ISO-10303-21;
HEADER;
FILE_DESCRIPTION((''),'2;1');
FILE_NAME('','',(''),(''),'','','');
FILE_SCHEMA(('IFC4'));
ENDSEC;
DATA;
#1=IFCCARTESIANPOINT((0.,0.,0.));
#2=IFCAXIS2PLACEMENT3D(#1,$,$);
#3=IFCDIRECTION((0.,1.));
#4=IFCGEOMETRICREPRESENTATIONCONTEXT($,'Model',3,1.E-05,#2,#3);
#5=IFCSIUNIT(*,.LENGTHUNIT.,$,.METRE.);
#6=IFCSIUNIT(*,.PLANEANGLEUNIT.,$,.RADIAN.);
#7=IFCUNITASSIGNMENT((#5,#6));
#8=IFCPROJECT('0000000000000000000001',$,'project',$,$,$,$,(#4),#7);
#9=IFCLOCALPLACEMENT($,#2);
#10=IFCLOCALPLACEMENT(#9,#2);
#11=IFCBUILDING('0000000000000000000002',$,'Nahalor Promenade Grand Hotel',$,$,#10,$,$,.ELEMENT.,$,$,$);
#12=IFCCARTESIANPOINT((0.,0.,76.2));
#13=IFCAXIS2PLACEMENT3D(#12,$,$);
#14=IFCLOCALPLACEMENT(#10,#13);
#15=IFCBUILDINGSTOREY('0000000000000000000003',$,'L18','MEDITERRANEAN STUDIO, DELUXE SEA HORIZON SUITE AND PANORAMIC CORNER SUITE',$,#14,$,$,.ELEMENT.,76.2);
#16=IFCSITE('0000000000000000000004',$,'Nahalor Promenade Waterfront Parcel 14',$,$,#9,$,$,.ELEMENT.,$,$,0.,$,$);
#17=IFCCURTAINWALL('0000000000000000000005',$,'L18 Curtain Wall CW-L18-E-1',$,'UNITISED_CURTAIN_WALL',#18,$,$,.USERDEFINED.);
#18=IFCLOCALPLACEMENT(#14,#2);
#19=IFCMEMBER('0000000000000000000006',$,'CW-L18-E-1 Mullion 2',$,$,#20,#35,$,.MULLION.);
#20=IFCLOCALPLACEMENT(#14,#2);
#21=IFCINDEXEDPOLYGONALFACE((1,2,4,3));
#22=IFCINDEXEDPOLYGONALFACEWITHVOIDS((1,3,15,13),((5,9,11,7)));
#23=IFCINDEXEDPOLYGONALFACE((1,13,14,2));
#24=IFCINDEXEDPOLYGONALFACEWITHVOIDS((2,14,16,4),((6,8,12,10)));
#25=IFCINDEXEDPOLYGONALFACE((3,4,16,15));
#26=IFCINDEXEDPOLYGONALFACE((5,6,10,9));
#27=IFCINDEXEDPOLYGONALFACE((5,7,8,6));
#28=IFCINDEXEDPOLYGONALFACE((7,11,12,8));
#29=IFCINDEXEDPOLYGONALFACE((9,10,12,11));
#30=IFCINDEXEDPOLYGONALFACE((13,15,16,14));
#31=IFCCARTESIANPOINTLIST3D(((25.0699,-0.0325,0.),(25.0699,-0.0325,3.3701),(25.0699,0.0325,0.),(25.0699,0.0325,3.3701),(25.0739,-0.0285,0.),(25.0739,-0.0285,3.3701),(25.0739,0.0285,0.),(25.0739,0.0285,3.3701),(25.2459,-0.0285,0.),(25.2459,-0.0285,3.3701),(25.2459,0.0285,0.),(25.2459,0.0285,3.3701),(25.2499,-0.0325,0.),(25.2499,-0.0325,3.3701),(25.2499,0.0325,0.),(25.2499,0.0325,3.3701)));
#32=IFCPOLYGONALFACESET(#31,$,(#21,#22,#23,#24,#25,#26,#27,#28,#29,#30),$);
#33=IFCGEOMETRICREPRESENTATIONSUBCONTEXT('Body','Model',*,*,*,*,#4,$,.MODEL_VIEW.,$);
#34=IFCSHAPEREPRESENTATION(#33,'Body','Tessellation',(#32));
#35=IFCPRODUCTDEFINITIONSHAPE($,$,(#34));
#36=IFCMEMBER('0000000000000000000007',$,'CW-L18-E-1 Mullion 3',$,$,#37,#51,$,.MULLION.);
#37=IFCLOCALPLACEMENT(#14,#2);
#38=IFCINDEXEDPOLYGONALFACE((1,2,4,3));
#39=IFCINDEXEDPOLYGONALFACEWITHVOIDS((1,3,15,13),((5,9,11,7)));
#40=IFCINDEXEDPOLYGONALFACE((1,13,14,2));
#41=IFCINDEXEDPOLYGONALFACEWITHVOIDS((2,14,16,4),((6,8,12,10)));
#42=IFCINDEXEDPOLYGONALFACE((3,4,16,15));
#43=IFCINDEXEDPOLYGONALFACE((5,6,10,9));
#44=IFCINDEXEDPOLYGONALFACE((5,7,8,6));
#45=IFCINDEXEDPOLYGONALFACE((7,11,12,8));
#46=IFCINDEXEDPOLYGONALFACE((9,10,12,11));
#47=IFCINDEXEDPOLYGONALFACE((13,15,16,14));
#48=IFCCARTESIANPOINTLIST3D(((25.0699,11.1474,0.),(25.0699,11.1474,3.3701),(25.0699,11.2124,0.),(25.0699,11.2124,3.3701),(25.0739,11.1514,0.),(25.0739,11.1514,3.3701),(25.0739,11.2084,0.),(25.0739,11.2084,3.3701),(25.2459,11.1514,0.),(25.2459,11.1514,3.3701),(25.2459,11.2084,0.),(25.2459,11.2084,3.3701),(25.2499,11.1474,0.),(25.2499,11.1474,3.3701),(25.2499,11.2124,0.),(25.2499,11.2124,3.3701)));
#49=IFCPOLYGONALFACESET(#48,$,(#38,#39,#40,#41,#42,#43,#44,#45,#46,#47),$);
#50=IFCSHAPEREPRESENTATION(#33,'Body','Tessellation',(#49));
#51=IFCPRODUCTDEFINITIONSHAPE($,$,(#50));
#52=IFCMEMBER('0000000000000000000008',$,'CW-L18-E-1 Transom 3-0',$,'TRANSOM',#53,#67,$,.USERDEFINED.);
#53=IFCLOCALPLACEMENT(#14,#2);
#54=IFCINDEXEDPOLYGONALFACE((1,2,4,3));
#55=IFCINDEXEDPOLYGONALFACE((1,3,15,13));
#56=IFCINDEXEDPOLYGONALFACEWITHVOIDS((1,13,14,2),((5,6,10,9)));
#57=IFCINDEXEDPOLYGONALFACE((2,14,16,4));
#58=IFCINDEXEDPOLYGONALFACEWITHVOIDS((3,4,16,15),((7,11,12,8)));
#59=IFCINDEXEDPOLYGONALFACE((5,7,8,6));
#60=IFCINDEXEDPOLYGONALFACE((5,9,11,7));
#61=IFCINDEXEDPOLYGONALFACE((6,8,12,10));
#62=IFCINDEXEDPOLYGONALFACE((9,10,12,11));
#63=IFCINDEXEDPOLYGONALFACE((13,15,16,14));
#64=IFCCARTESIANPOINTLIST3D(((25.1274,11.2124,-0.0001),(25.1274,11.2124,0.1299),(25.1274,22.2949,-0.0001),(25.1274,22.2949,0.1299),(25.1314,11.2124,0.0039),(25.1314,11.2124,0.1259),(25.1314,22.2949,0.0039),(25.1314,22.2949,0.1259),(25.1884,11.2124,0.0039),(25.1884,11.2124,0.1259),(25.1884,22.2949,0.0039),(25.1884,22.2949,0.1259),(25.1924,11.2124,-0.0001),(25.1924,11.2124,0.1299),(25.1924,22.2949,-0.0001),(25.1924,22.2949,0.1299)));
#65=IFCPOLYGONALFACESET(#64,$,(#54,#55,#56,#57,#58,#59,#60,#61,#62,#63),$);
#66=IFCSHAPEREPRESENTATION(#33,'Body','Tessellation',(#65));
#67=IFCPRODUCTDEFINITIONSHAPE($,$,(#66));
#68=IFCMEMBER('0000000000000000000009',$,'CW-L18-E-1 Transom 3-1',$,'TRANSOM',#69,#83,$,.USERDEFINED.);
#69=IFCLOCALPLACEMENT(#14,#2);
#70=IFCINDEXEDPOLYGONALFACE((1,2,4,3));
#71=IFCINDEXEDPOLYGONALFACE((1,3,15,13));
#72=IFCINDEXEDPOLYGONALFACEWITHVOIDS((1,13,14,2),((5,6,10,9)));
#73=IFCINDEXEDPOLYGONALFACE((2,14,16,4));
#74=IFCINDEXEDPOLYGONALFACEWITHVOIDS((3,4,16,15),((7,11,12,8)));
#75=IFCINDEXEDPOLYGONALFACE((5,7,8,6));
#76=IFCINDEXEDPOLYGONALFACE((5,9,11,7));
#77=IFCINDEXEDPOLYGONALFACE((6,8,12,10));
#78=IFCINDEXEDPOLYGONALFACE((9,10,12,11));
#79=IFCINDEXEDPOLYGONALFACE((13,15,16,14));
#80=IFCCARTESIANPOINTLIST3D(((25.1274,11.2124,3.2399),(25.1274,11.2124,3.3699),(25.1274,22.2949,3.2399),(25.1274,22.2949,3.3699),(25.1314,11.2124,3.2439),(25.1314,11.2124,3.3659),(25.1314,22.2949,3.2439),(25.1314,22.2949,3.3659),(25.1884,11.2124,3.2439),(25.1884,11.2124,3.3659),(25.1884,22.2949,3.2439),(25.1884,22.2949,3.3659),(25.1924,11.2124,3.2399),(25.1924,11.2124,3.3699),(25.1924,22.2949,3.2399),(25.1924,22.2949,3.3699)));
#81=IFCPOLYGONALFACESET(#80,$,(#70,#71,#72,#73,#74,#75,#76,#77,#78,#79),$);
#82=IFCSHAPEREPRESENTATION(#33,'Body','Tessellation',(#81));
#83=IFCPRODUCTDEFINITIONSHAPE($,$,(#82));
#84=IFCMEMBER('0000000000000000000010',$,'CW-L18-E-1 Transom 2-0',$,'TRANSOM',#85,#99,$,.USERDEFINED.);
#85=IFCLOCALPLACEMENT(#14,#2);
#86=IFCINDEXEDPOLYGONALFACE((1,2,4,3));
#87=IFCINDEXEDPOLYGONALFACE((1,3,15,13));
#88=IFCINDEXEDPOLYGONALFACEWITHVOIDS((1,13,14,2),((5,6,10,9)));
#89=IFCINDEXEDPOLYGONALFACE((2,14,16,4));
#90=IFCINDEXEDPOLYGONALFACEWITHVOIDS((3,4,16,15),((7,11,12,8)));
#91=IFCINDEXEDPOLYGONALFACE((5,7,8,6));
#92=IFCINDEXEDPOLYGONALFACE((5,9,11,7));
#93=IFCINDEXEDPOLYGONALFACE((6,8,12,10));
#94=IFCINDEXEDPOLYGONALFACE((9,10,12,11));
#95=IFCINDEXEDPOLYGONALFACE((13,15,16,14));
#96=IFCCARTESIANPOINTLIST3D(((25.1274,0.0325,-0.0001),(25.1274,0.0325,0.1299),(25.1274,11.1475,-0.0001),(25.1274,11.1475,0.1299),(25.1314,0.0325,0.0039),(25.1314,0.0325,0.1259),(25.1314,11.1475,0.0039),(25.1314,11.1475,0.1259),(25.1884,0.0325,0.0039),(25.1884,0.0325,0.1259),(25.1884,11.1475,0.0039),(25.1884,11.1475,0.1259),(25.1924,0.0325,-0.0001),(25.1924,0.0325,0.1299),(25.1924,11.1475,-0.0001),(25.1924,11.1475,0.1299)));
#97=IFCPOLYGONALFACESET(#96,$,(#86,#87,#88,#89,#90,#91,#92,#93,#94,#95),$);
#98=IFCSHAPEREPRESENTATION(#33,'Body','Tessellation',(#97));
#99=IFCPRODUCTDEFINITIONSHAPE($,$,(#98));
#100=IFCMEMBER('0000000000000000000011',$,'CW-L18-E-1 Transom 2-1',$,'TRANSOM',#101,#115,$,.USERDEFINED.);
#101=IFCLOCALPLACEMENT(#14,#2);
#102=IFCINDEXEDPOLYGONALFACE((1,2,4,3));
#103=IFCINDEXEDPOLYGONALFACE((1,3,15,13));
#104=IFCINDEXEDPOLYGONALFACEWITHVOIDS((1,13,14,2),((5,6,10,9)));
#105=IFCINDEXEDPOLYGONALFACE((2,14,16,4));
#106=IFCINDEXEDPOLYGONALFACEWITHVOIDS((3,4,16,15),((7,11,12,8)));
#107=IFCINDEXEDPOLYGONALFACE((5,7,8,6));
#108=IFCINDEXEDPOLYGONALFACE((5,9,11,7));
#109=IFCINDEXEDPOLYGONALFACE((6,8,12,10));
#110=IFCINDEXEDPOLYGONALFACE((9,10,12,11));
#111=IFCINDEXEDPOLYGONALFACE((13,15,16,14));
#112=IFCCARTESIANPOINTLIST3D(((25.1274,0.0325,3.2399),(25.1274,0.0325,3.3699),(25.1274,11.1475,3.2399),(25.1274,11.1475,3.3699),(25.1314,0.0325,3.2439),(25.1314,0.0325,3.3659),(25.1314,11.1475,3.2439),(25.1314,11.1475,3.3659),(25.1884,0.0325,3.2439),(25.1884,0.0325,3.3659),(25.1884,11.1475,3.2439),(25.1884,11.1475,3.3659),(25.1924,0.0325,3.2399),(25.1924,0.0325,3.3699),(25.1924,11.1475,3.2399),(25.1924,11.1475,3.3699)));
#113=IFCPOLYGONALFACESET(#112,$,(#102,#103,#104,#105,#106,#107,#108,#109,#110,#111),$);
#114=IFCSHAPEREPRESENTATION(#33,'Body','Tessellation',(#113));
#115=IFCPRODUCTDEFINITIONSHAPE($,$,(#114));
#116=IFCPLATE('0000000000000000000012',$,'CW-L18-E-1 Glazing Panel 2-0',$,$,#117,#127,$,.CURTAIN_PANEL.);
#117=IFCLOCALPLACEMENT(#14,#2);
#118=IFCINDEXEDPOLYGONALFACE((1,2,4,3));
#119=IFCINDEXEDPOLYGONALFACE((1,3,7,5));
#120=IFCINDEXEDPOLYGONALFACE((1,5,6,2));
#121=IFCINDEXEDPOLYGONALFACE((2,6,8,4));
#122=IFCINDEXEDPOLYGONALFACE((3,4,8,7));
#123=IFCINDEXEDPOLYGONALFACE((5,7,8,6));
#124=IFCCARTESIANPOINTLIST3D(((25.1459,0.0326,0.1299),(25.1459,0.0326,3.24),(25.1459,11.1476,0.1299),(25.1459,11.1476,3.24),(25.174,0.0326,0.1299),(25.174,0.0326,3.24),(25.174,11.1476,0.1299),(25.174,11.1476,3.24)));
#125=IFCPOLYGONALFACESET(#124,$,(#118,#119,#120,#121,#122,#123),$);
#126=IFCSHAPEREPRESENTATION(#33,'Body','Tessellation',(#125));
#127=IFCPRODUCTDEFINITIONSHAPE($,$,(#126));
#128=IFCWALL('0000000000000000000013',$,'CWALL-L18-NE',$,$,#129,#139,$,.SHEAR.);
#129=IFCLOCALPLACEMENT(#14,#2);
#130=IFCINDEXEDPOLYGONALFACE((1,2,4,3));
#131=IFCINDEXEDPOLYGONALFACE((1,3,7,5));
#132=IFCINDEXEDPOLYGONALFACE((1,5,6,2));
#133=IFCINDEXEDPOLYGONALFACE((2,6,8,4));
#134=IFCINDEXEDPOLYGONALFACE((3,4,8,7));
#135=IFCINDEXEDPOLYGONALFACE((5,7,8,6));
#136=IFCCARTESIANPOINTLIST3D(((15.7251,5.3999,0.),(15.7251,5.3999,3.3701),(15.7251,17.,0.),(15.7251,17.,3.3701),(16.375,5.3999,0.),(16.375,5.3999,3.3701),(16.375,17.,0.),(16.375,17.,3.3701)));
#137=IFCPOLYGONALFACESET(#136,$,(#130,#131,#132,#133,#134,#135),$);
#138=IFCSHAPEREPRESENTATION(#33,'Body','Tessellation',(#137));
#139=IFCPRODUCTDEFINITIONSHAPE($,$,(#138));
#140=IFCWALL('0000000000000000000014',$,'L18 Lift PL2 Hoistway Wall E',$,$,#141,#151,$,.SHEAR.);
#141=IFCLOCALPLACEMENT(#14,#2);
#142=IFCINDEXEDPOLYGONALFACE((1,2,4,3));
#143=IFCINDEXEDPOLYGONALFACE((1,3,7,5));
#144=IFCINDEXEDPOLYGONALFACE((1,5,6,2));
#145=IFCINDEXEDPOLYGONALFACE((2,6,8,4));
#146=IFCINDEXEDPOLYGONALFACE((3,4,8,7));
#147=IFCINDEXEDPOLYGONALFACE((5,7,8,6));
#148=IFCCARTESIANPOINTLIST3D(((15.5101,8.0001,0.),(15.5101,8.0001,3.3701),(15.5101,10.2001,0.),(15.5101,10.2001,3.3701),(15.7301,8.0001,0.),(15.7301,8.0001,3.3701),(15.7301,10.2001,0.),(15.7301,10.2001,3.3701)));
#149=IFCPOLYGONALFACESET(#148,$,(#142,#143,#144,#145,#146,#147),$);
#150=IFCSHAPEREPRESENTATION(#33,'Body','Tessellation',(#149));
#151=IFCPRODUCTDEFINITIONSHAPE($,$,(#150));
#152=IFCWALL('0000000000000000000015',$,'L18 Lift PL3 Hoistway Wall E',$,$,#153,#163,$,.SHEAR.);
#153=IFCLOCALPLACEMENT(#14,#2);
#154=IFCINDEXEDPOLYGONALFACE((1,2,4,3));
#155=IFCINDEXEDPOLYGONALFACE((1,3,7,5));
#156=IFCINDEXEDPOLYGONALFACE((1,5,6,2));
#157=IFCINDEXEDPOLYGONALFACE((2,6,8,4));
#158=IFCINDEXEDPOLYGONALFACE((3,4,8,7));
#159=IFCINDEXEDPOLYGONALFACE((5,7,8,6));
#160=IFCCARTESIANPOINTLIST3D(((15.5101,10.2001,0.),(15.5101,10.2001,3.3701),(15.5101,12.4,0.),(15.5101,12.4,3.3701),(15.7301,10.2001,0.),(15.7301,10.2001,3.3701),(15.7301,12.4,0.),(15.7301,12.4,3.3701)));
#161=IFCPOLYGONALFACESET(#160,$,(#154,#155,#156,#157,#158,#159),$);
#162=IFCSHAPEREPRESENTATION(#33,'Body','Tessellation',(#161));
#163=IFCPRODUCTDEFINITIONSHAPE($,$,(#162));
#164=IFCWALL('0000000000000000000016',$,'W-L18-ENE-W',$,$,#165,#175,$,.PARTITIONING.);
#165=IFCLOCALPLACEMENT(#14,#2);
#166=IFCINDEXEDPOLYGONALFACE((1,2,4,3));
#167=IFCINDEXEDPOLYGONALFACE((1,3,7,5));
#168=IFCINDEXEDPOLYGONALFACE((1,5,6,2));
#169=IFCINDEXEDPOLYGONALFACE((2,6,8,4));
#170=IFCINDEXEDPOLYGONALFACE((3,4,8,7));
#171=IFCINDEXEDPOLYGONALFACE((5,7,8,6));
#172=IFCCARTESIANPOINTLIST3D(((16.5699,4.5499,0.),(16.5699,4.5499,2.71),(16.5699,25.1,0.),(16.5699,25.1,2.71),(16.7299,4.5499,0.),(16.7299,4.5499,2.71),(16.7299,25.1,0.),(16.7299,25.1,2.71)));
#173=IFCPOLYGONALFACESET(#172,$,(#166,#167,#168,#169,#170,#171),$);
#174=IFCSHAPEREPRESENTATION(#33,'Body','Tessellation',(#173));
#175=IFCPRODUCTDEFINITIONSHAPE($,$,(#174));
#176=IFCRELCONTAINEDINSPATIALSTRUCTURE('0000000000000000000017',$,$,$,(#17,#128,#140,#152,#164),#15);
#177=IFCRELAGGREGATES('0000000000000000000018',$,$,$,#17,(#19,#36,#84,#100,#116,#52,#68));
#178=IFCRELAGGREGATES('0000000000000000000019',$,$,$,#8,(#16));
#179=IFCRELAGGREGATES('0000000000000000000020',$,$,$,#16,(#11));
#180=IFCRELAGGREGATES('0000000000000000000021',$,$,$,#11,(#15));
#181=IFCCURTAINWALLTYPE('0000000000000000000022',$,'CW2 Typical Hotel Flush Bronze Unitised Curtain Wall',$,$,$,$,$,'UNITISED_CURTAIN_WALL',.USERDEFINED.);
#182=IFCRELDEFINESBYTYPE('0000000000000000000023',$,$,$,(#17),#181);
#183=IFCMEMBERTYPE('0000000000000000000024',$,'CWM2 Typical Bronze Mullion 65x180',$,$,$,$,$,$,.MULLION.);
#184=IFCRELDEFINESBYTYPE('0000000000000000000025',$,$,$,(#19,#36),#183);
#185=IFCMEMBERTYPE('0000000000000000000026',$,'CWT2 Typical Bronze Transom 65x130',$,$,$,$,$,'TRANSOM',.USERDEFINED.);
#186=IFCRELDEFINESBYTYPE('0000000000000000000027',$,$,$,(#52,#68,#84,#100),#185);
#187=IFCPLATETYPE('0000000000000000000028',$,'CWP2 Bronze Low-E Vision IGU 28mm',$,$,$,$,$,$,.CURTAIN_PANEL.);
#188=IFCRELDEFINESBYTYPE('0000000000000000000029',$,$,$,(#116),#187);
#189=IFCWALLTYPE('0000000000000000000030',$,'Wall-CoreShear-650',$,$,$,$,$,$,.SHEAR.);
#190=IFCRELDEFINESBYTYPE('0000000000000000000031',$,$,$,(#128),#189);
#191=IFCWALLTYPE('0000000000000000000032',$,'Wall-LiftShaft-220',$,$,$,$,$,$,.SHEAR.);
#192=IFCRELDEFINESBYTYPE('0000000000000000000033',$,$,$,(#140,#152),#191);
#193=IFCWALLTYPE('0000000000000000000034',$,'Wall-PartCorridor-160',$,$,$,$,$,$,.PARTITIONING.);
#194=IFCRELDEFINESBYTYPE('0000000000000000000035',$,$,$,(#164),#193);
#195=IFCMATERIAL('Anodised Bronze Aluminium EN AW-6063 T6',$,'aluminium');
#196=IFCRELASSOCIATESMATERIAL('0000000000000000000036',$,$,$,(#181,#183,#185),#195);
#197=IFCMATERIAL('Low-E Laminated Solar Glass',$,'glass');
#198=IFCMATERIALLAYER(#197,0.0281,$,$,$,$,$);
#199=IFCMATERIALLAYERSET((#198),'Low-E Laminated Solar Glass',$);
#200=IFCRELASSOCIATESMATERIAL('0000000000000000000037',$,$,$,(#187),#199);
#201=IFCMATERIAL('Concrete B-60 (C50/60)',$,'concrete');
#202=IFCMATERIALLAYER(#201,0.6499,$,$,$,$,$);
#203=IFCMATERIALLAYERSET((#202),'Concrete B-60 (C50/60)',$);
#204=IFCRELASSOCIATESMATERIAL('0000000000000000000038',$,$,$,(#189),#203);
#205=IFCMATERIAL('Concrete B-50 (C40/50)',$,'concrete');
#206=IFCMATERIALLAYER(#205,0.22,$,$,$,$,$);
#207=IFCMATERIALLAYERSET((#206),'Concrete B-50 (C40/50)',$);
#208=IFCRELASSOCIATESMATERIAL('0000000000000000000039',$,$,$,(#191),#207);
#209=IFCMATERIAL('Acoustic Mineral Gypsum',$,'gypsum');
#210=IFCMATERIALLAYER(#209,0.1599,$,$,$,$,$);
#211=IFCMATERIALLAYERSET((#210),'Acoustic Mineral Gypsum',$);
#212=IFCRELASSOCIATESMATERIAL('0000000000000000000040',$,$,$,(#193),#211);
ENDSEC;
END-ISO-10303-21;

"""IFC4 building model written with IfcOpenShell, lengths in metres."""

from ifc_helpers import new_model, si_unit, direction, frame, frame_2d, origin, origin_2d, place, context, subcontext, project, spatial, rectangle, hollow_rectangle, extrude, source, transform, mapped, material, layer, layer_set, material_profile, profile_set, type_object, element, aggregate, save


model = new_model("IFC4")

# Units and contexts
model_context = context("Model", 3, precision=1e-05, world=origin(), true_north=direction((0.0, 1.0)))
body_context = subcontext(model_context, "Body", "Model", "MODEL_VIEW")
ifc_project = project(units=[si_unit("LENGTHUNIT", "METRE"), si_unit("PLANEANGLEUNIT", "RADIAN")], contexts=[model_context])

# Site, building, storey
site_placement = place(None, origin())
site = spatial("IfcSite", under=ifc_project, at=site_placement, Name="Nahalor Promenade Waterfront Parcel 14", CompositionType="ELEMENT", RefElevation=0.0)
building_placement = place(site_placement, origin())
building = spatial("IfcBuilding", under=site, at=building_placement, Name="Nahalor Promenade Grand Hotel", CompositionType="ELEMENT")
storey_placement = place(building_placement, frame((0.0, 0.0, 76.2)))
storey = spatial("IfcBuildingStorey", under=building, at=storey_placement, Name="L18", Description="MEDITERRANEAN STUDIO, DELUXE SEA HORIZON SUITE AND PANORAMIC CORNER SUITE", CompositionType="ELEMENT", Elevation=76.2)

# Curtain wall, members, plate
ifc_material_1 = material(Name="Anodised Bronze Aluminium EN AW-6063 T6", Category="aluminium")
curtain_wall_type = type_object("IfcCurtainWallType", Name="CW2 Typical Hotel Flush Bronze Unitised Curtain Wall", ElementType="UNITISED_CURTAIN_WALL", PredefinedType="USERDEFINED", material=ifc_material_1)
curtain_wall_placement = place(storey_placement, origin())
curtain_wall = element("IfcCurtainWall", 1, at=curtain_wall_placement, inside=storey, type_object=curtain_wall_type, Name="L18 Curtain Wall CW-L18-E-1", ObjectType="UNITISED_CURTAIN_WALL", PredefinedType="USERDEFINED")
ifc_material_profile_1 = material_profile(ifc_material_1, hollow_rectangle(XDim=0.065, YDim=0.18, WallThickness=0.004, at=origin_2d()), Name="CWM 65x180x4")
ifc_profile_set_1 = profile_set([ifc_material_profile_1], Name="Anodised Bronze Aluminium EN AW-6063 T6")
member_type_1 = type_object("IfcMemberType", Name="CWM2 Typical Bronze Mullion 65x180", PredefinedType="MULLION", material=ifc_profile_set_1)
shared_shape_1 = source(origin(), body_context, "Body", "SweptSolid", [
    extrude(hollow_rectangle(XDim=0.065, YDim=0.18, WallThickness=0.004, at=origin_2d()), origin(), (0.0, 0.0, 1.0), 3.3701),
])
member_1_placement = place(storey_placement, frame((25.1599, 0.0, 0.0), z_axis=(0.0, 0.0, 1.0), x_axis=(0.0, 1.0, 0.0)))
member_1 = element("IfcMember", 2, at=member_1_placement, type_object=member_type_1, Name="CW-L18-E-1 Mullion 2", PredefinedType="MULLION", context=body_context, shape_type="MappedRepresentation", body=[
    mapped(shared_shape_1, transform((0.0, 0.0, 0.0), scale=1.0)),
])
member_2_placement = place(storey_placement, frame((25.1599, 11.1799, 0.0), z_axis=(0.0, 0.0, 1.0), x_axis=(0.0, 1.0, 0.0)))
member_2 = element("IfcMember", 3, at=member_2_placement, type_object=member_type_1, Name="CW-L18-E-1 Mullion 3", PredefinedType="MULLION", context=body_context, shape_type="MappedRepresentation", body=[
    mapped(shared_shape_1, transform((0.0, 0.0, 0.0), scale=1.0)),
])
ifc_material_profile_2 = material_profile(ifc_material_1, hollow_rectangle(XDim=0.065, YDim=0.13, WallThickness=0.004, at=origin_2d()), Name="CWT 65x130x4")
ifc_profile_set_2 = profile_set([ifc_material_profile_2], Name="Anodised Bronze Aluminium EN AW-6063 T6")
member_type_2 = type_object("IfcMemberType", Name="CWT2 Typical Bronze Transom 65x130", ElementType="TRANSOM", PredefinedType="USERDEFINED", material=ifc_profile_set_2)
shared_shape_2 = source(origin(), body_context, "Body", "SweptSolid", [
    extrude(hollow_rectangle(XDim=0.065, YDim=0.13, WallThickness=0.004, at=origin_2d()), origin(), (0.0, 0.0, 1.0), 11.0825),
])
member_3_placement = place(storey_placement, frame((25.1599, 11.2124, 0.0649), z_axis=(0.0, 1.0, 0.0), x_axis=(-1.0, 0.0, 0.0)))
member_3 = element("IfcMember", 4, at=member_3_placement, type_object=member_type_2, Name="CW-L18-E-1 Transom 3-0", ObjectType="TRANSOM", PredefinedType="USERDEFINED", context=body_context, shape_type="MappedRepresentation", body=[
    mapped(shared_shape_2, transform((0.0, 0.0, 0.0), scale=1.0)),
])
member_4_placement = place(storey_placement, frame((25.1599, 11.2124, 3.3049), z_axis=(0.0, 1.0, 0.0), x_axis=(-1.0, 0.0, 0.0)))
member_4 = element("IfcMember", 5, at=member_4_placement, type_object=member_type_2, Name="CW-L18-E-1 Transom 3-1", ObjectType="TRANSOM", PredefinedType="USERDEFINED", context=body_context, shape_type="MappedRepresentation", body=[
    mapped(shared_shape_2, transform((0.0, 0.0, 0.0), scale=1.0)),
])
shared_shape_3 = source(origin(), body_context, "Body", "SweptSolid", [
    extrude(hollow_rectangle(XDim=0.065, YDim=0.13, WallThickness=0.004, at=origin_2d()), origin(), (0.0, 0.0, 1.0), 11.115),
])
member_5_placement = place(storey_placement, frame((25.1599, 0.0325, 0.0649), z_axis=(0.0, 1.0, 0.0), x_axis=(-1.0, 0.0, 0.0)))
member_5 = element("IfcMember", 6, at=member_5_placement, type_object=member_type_2, Name="CW-L18-E-1 Transom 2-0", ObjectType="TRANSOM", PredefinedType="USERDEFINED", context=body_context, shape_type="MappedRepresentation", body=[
    mapped(shared_shape_3, transform((0.0, 0.0, 0.0), scale=1.0)),
])
member_6_placement = place(storey_placement, frame((25.1599, 0.0325, 3.3049), z_axis=(0.0, 1.0, 0.0), x_axis=(-1.0, 0.0, 0.0)))
member_6 = element("IfcMember", 7, at=member_6_placement, type_object=member_type_2, Name="CW-L18-E-1 Transom 2-1", ObjectType="TRANSOM", PredefinedType="USERDEFINED", context=body_context, shape_type="MappedRepresentation", body=[
    mapped(shared_shape_3, transform((0.0, 0.0, 0.0), scale=1.0)),
])
ifc_material_2 = material(Name="Low-E Laminated Solar Glass", Category="glass")
ifc_layer_1 = layer(ifc_material_2, 0.0281)
ifc_layer_set_1 = layer_set([ifc_layer_1], Name="Low-E Laminated Solar Glass")
plate_type = type_object("IfcPlateType", Name="CWP2 Bronze Low-E Vision IGU 28mm", PredefinedType="CURTAIN_PANEL", material=ifc_layer_set_1)
shared_shape_4 = source(origin(), body_context, "Body", "SweptSolid", [
    extrude(rectangle(XDim=11.115, YDim=0.0281, at=origin_2d()), origin(), (0.0, 0.0, 1.0), 3.1101),
])
plate_placement = place(storey_placement, frame((25.1599, 5.5901, 0.1299), z_axis=(0.0, 0.0, 1.0), x_axis=(0.0, 1.0, 0.0)))
plate = element("IfcPlate", 8, at=plate_placement, type_object=plate_type, Name="CW-L18-E-1 Glazing Panel 2-0", PredefinedType="CURTAIN_PANEL", context=body_context, shape_type="MappedRepresentation", body=[
    mapped(shared_shape_4, transform((0.0, 0.0, 0.0), scale=1.0)),
])
aggregate(curtain_wall, [member_1, member_2, member_5, member_6, plate, member_3, member_4])

# Walls
ifc_material_3 = material(Name="Concrete B-60 (C50/60)", Category="concrete")
ifc_layer_2 = layer(ifc_material_3, 0.6499)
ifc_layer_set_2 = layer_set([ifc_layer_2], Name="Concrete B-60 (C50/60)")
wall_type_1 = type_object("IfcWallType", Name="Wall-CoreShear-650", PredefinedType="SHEAR", material=ifc_layer_set_2)
shared_shape_5 = source(origin(), body_context, "Body", "SweptSolid", [
    extrude(rectangle(XDim=11.6001, YDim=0.6499, at=frame_2d((5.8, 0.0))), origin(), (0.0, 0.0, 1.0), 3.3701),
])
wall_1_placement = place(storey_placement, frame((16.05, 5.3999, 0.0), z_axis=(0.0, 0.0, 1.0), x_axis=(0.0, 1.0, 0.0)))
element("IfcWall", 9, at=wall_1_placement, inside=storey, type_object=wall_type_1, Name="CWALL-L18-NE", PredefinedType="SHEAR", context=body_context, shape_type="MappedRepresentation", body=[
    mapped(shared_shape_5, transform((0.0, 0.0, 0.0), scale=1.0)),
])
ifc_material_4 = material(Name="Concrete B-50 (C40/50)", Category="concrete")
ifc_layer_3 = layer(ifc_material_4, 0.22)
ifc_layer_set_3 = layer_set([ifc_layer_3], Name="Concrete B-50 (C40/50)")
wall_type_2 = type_object("IfcWallType", Name="Wall-LiftShaft-220", PredefinedType="SHEAR", material=ifc_layer_set_3)
shared_shape_6 = source(origin(), body_context, "Body", "SweptSolid", [
    extrude(rectangle(XDim=2.2, YDim=0.22, at=frame_2d((1.1001, 0.0))), origin(), (0.0, 0.0, 1.0), 3.3701),
])
for number, where, z_axis, x_axis, name in (
    (10, (15.6201, 8.0, 0.0), (0.0, 0.0, 1.0), (0.0, 1.0, 0.0), "L18 Lift PL2 Hoistway Wall E"),
    (11, (15.6201, 10.2, 0.0), (0.0, 0.0, 1.0), (0.0, 1.0, 0.0), "L18 Lift PL3 Hoistway Wall E"),
):
    element("IfcWall", number, at=place(storey_placement, frame(where, z_axis=z_axis, x_axis=x_axis)), inside=storey, type_object=wall_type_2, Name=name, PredefinedType="SHEAR", context=body_context, shape_type="MappedRepresentation", body=[
        mapped(shared_shape_6, transform((0.0, 0.0, 0.0), scale=1.0)),
    ])

# Shared definitions
ifc_material_5 = material(Name="Acoustic Mineral Gypsum", Category="gypsum")
ifc_layer_4 = layer(ifc_material_5, 0.1599)
ifc_layer_set_4 = layer_set([ifc_layer_4], Name="Acoustic Mineral Gypsum")
wall_type_3 = type_object("IfcWallType", Name="Wall-PartCorridor-160", PredefinedType="PARTITIONING", material=ifc_layer_set_4)

# Wall
shared_shape_7 = source(origin(), body_context, "Body", "SweptSolid", [
    extrude(rectangle(XDim=20.55, YDim=0.1599, at=frame_2d((10.2749, 0.0))), origin(), (0.0, 0.0, 1.0), 2.71),
])
wall_2_placement = place(storey_placement, frame((16.6499, 4.55, 0.0), z_axis=(0.0, 0.0, 1.0), x_axis=(0.0, 1.0, 0.0)))
element("IfcWall", 12, at=wall_2_placement, inside=storey, type_object=wall_type_3, Name="W-L18-ENE-W", PredefinedType="PARTITIONING", context=body_context, shape_type="MappedRepresentation", body=[
    mapped(shared_shape_7, transform((0.0, 0.0, 0.0), scale=1.0)),
])

save(model, "model.ifc")
